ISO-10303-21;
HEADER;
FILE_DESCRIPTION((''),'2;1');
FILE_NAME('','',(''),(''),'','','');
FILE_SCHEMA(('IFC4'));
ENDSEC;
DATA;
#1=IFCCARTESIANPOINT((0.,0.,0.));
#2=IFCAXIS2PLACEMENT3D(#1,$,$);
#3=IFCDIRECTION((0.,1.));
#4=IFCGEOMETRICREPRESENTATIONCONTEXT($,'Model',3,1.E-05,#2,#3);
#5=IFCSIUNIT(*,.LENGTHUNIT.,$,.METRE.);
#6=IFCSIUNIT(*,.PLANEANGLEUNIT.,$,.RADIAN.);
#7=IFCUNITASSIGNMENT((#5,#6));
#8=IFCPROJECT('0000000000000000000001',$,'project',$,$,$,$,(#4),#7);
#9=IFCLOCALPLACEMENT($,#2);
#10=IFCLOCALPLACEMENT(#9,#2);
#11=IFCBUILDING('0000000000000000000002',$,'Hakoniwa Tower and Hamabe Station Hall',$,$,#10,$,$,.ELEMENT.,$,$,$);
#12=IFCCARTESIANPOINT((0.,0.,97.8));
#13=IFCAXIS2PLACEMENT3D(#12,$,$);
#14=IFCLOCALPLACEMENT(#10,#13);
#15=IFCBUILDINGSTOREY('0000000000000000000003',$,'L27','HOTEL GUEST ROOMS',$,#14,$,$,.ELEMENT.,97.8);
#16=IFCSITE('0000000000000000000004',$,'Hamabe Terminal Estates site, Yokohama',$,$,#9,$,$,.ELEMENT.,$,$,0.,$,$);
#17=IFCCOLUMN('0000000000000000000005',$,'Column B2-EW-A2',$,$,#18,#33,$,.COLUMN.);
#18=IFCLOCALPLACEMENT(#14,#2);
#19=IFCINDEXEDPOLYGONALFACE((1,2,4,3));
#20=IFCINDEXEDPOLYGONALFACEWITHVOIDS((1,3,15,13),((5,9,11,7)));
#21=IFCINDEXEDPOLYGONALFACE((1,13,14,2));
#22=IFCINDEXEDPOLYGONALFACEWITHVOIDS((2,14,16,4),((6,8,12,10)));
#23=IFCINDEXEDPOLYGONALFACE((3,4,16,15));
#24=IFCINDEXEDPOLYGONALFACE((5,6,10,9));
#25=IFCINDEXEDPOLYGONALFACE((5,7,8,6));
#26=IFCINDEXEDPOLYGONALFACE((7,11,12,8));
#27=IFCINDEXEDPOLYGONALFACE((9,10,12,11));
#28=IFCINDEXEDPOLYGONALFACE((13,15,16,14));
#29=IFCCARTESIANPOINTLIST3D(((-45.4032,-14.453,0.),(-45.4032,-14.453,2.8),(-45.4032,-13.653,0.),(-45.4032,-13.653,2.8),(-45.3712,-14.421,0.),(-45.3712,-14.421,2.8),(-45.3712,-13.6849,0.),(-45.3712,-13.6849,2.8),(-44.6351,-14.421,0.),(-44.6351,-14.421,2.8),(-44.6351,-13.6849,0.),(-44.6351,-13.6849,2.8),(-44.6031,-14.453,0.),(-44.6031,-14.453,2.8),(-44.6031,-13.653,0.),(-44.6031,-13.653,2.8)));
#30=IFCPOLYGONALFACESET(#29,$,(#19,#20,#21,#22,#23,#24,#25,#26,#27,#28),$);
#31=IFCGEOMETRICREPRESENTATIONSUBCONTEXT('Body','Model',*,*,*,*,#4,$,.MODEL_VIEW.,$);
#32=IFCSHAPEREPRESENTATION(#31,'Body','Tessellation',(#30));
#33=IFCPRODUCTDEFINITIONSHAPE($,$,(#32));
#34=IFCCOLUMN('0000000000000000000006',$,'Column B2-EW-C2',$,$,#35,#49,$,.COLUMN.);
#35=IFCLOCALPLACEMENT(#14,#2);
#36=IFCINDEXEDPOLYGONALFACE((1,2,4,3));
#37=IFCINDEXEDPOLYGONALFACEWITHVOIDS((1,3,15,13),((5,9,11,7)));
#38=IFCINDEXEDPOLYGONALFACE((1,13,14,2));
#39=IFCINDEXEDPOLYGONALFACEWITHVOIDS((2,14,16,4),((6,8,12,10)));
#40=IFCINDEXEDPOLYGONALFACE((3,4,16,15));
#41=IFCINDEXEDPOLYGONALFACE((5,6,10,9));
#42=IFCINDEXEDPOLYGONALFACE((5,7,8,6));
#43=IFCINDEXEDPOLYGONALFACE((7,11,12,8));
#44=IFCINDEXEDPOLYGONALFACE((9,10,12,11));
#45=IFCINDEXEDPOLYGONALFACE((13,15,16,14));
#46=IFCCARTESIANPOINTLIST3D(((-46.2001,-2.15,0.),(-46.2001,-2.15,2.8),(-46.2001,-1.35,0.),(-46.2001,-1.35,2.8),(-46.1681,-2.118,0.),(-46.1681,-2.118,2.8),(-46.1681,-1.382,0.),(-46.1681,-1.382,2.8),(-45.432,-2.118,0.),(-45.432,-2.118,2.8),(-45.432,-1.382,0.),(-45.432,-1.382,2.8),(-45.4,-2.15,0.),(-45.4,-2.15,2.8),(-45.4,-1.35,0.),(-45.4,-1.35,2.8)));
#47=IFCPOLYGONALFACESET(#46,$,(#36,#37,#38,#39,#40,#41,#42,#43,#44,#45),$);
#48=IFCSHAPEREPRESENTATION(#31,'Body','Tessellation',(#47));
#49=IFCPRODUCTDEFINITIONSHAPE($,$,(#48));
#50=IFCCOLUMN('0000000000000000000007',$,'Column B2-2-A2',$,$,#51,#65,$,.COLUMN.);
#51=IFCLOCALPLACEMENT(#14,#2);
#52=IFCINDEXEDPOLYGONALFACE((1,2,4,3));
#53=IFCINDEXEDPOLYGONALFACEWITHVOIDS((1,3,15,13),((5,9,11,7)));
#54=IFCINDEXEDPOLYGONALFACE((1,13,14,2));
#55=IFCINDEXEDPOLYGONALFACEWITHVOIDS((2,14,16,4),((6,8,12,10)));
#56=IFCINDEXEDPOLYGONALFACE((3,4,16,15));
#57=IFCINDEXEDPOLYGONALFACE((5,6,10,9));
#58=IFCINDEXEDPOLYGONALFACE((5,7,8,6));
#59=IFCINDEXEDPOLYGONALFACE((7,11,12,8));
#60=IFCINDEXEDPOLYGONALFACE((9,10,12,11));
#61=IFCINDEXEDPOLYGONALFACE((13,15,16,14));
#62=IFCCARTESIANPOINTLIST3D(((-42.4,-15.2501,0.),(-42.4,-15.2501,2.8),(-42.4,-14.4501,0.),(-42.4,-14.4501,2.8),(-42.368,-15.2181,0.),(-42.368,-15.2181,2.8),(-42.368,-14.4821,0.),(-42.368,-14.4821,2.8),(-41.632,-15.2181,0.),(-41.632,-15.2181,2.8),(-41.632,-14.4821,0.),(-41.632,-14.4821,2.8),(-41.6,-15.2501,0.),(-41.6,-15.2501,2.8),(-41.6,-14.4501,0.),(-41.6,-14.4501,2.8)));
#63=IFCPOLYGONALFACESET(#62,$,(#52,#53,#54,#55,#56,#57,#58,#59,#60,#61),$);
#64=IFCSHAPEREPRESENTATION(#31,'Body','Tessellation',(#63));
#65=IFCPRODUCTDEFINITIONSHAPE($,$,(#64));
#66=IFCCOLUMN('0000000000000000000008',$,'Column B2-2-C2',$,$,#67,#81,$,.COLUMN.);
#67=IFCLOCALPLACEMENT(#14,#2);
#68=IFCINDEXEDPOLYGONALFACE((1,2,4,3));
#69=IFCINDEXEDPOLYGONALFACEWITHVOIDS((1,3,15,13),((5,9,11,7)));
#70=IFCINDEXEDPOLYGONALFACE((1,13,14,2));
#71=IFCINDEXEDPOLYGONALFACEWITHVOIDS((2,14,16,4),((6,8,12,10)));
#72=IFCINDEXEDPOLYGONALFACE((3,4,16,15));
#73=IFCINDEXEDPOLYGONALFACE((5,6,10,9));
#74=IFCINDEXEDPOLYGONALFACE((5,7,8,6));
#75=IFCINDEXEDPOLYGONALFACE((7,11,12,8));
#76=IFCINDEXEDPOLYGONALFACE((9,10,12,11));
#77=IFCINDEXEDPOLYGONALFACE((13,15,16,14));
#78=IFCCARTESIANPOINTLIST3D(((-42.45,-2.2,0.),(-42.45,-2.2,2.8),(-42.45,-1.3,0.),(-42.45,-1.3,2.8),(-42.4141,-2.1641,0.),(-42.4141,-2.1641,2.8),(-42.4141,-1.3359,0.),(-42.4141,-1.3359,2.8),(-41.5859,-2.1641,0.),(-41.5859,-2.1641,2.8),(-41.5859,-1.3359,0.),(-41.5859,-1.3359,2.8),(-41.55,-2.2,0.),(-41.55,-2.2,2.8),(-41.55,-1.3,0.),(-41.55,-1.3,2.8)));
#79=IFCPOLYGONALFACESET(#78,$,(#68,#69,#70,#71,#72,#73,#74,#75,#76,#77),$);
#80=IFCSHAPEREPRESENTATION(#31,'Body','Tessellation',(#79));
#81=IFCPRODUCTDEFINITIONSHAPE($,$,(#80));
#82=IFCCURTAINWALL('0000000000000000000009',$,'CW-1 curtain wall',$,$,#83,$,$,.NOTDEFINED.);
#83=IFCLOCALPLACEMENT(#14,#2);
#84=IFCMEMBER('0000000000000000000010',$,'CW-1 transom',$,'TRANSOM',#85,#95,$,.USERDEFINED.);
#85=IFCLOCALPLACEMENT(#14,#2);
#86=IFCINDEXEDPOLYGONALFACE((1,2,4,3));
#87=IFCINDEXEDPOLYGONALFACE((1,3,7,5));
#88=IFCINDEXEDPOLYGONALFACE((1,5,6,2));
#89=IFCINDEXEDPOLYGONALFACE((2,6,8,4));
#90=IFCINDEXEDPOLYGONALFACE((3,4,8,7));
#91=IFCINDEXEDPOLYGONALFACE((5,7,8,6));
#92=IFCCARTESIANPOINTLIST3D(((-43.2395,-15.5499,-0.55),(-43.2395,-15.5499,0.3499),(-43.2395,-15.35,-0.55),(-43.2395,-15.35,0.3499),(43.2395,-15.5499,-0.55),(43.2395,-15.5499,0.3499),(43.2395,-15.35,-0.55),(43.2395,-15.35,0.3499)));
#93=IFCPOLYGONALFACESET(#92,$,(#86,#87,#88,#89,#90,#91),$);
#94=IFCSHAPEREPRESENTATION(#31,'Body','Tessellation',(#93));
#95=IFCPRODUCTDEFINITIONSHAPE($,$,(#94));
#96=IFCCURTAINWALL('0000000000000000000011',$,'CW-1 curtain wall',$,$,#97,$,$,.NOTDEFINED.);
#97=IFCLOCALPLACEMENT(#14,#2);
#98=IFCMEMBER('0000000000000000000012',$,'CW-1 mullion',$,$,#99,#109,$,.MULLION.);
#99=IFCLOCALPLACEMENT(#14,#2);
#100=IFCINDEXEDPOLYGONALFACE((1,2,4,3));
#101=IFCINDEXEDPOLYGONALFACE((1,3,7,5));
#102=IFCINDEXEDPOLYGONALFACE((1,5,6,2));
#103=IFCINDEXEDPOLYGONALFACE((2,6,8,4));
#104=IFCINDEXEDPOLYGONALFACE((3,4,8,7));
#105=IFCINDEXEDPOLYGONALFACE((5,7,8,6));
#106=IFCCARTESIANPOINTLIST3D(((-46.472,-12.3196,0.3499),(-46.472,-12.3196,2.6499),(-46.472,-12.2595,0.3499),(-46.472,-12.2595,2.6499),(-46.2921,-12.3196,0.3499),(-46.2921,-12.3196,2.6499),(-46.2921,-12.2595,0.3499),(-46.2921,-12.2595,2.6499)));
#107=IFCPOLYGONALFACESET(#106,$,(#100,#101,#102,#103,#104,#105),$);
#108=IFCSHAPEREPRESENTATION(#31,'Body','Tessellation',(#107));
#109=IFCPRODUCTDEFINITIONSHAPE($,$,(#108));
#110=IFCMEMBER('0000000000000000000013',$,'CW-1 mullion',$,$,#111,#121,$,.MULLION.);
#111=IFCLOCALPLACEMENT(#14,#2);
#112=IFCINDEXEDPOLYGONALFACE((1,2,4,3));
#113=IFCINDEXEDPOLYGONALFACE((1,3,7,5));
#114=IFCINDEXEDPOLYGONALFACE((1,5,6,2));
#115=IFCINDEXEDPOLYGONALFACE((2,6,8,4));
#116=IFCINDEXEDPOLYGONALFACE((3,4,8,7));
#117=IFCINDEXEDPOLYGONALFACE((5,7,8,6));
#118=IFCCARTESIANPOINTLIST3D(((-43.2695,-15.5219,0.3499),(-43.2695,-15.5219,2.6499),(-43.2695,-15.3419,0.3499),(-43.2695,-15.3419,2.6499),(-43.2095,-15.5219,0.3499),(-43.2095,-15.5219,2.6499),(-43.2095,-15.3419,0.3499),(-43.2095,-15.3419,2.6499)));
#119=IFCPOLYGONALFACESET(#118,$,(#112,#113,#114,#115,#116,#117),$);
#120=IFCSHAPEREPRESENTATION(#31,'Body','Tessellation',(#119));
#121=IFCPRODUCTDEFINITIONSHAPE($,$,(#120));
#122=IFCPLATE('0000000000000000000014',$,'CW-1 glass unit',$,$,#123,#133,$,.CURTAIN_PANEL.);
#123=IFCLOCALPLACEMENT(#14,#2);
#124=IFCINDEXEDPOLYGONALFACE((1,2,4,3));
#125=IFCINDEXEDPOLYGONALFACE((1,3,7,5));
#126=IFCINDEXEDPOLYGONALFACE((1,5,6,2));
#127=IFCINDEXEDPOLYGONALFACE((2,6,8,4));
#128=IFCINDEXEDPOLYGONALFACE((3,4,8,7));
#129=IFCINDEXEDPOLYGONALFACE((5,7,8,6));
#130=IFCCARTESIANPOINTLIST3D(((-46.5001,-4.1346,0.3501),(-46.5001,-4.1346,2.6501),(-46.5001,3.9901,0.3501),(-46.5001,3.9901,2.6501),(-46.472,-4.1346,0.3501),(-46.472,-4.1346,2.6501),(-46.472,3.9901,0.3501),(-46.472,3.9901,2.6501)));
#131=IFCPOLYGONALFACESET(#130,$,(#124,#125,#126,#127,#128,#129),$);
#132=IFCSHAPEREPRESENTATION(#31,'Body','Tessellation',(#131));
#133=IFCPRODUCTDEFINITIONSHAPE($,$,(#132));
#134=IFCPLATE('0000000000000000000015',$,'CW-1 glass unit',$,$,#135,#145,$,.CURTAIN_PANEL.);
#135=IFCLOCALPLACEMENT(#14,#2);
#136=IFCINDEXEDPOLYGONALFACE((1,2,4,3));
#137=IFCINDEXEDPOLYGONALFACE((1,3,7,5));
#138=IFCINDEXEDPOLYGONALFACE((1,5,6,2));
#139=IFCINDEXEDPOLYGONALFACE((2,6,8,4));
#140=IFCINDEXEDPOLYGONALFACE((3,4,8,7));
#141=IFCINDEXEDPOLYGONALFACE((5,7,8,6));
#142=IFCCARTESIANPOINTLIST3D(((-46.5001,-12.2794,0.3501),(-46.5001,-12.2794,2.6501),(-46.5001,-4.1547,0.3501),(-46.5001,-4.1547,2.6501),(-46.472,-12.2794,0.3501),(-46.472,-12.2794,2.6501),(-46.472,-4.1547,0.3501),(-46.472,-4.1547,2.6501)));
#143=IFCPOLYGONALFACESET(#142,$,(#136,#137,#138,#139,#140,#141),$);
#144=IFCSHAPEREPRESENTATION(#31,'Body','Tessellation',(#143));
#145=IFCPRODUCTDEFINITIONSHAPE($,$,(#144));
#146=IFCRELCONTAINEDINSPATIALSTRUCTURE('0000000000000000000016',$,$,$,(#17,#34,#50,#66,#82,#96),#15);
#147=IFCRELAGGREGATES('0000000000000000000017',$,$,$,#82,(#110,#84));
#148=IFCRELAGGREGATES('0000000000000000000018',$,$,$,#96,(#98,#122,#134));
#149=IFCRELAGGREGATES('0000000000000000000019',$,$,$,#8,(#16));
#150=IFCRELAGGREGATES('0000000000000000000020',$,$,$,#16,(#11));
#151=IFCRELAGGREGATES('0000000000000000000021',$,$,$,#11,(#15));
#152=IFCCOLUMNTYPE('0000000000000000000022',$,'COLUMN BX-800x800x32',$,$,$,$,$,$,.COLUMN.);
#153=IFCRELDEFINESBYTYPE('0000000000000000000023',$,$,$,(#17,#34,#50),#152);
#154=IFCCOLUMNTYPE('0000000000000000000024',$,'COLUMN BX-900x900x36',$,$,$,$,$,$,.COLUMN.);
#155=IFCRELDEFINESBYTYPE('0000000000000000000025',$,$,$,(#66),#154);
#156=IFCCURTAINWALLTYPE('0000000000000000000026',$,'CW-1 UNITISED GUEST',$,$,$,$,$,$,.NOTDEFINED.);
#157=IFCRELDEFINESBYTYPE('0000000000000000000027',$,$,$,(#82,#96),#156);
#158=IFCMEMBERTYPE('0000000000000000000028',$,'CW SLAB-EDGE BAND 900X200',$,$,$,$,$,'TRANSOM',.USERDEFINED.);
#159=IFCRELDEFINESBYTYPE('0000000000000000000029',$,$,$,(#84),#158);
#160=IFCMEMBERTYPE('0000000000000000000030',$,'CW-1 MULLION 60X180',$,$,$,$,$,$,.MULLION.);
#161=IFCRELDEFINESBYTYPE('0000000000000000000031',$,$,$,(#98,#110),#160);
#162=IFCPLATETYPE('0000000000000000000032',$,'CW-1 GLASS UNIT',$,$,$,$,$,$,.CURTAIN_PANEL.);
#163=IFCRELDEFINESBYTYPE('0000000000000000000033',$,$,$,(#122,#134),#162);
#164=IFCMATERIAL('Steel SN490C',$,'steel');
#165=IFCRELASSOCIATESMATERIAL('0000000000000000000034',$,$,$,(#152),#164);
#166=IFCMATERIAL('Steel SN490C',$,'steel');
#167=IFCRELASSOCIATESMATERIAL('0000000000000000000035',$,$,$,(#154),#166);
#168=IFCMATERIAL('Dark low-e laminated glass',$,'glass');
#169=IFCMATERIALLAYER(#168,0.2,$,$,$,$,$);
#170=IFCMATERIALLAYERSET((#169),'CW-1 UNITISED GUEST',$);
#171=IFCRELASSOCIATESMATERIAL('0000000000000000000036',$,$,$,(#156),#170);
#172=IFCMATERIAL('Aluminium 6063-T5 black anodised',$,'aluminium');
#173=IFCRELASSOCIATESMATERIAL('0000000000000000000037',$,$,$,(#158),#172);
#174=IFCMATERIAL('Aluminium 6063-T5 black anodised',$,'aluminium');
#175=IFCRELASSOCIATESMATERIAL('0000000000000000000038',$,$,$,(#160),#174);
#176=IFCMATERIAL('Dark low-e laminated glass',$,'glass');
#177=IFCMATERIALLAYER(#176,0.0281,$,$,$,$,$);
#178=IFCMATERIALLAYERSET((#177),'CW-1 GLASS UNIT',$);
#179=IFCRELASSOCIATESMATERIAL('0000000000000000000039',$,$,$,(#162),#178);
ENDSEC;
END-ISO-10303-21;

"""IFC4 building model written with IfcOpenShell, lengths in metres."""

from ifc_helpers import new_model, si_unit, direction, frame, origin, origin_2d, place, context, subcontext, project, spatial, rectangle, hollow_rectangle, extrude, material, layer, layer_set, material_profile, profile_set, type_object, element, aggregate, save


model = new_model("IFC4")

# Units and contexts
model_context = context("Model", 3, precision=1e-05, world=origin(), true_north=direction((0.0, 1.0)))
body_context = subcontext(model_context, "Body", "Model", "MODEL_VIEW")
ifc_project = project(units=[si_unit("LENGTHUNIT", "METRE"), si_unit("PLANEANGLEUNIT", "RADIAN")], contexts=[model_context])

# Site, building, storey
site_placement = place(None, origin())
site = spatial("IfcSite", under=ifc_project, at=site_placement, Name="Hamabe Terminal Estates site, Yokohama", CompositionType="ELEMENT", RefElevation=0.0)
building_placement = place(site_placement, origin())
building = spatial("IfcBuilding", under=site, at=building_placement, Name="Hakoniwa Tower and Hamabe Station Hall", CompositionType="ELEMENT")
storey_placement = place(building_placement, frame((0.0, 0.0, 97.8)))
storey = spatial("IfcBuildingStorey", under=building, at=storey_placement, Name="L27", Description="HOTEL GUEST ROOMS", CompositionType="ELEMENT", Elevation=97.8)

# Columns
ifc_material_1 = material(Name="Steel SN490C", Category="steel")
ifc_material_profile_1 = material_profile(ifc_material_1, hollow_rectangle(XDim=0.8, YDim=0.8, WallThickness=0.032, at=origin_2d()), Name="BX-800x800x32")
ifc_profile_set_1 = profile_set([ifc_material_profile_1], Name="Steel SN490C")
column_type_1 = type_object("IfcColumnType", Name="COLUMN BX-800x800x32", PredefinedType="COLUMN", material=ifc_profile_set_1)
for number, where, z_axis, x_axis, name in (
    (1, (-45.0032, -14.053, 0.0), (0.0, 0.0, 1.0), (1.0, 0.0, 0.0), "Column B2-EW-A2"),
    (2, (-45.8, -1.75, 0.0), (0.0, 0.0, 1.0), (1.0, 0.0, 0.0), "Column B2-EW-C2"),
    (3, (-42.0, -14.8501, 0.0), (0.0, 0.0, 1.0), (1.0, 0.0, 0.0), "Column B2-2-A2"),
):
    element("IfcColumn", number, at=place(storey_placement, frame(where, z_axis=z_axis, x_axis=x_axis)), inside=storey, type_object=column_type_1, Name=name, PredefinedType="COLUMN", context=body_context, shape_type="SweptSolid", body=[
        extrude(hollow_rectangle(XDim=0.8, YDim=0.8, WallThickness=0.032, at=origin_2d()), origin(), (0.0, 0.0, 1.0), 2.8),
    ])
ifc_material_2 = material(Name="Steel SN490C", Category="steel")
ifc_material_profile_2 = material_profile(ifc_material_2, hollow_rectangle(XDim=0.8999, YDim=0.8999, WallThickness=0.0359, at=origin_2d()), Name="BX-900x900x36")
ifc_profile_set_2 = profile_set([ifc_material_profile_2], Name="Steel SN490C")
column_type_2 = type_object("IfcColumnType", Name="COLUMN BX-900x900x36", PredefinedType="COLUMN", material=ifc_profile_set_2)
column_placement = place(storey_placement, frame((-42.0, -1.75, 0.0), z_axis=(0.0, 0.0, 1.0), x_axis=(1.0, 0.0, 0.0)))
element("IfcColumn", 4, at=column_placement, inside=storey, type_object=column_type_2, Name="Column B2-2-C2", PredefinedType="COLUMN", context=body_context, shape_type="SweptSolid", body=[
    extrude(hollow_rectangle(XDim=0.8999, YDim=0.8999, WallThickness=0.0359, at=origin_2d()), origin(), (0.0, 0.0, 1.0), 2.8),
])

# Curtain walls, members
ifc_material_3 = material(Name="Dark low-e laminated glass", Category="glass")
ifc_layer_1 = layer(ifc_material_3, 0.2)
ifc_layer_set_1 = layer_set([ifc_layer_1], Name="CW-1 UNITISED GUEST")
curtain_wall_type = type_object("IfcCurtainWallType", Name="CW-1 UNITISED GUEST", PredefinedType="NOTDEFINED", material=ifc_layer_set_1)
curtain_wall_1_placement = place(storey_placement, origin())
curtain_wall_1 = element("IfcCurtainWall", 5, at=curtain_wall_1_placement, inside=storey, type_object=curtain_wall_type, Name="CW-1 curtain wall", PredefinedType="NOTDEFINED")
ifc_material_4 = material(Name="Aluminium 6063-T5 black anodised", Category="aluminium")
ifc_material_profile_3 = material_profile(ifc_material_4, rectangle(XDim=0.2, YDim=0.8999, at=origin_2d()), Name="CW SLAB-EDGE BAND 900X200")
ifc_profile_set_3 = profile_set([ifc_material_profile_3], Name="Aluminium 6063-T5 black anodised")
member_type_1 = type_object("IfcMemberType", Name="CW SLAB-EDGE BAND 900X200", ElementType="TRANSOM", PredefinedType="USERDEFINED", material=ifc_profile_set_3)
member_1_placement = place(storey_placement, frame((-43.2395, -15.45, -0.1001), z_axis=(1.0, 0.0, 0.0), x_axis=(0.0, 1.0, 0.0)))
member_1 = element("IfcMember", 6, at=member_1_placement, type_object=member_type_1, Name="CW-1 transom", ObjectType="TRANSOM", PredefinedType="USERDEFINED", context=body_context, shape_type="SweptSolid", body=[
    extrude(rectangle(XDim=0.2, YDim=0.8999, at=origin_2d()), origin(), (0.0, 0.0, 1.0), 86.479),
])
curtain_wall_2_placement = place(storey_placement, origin())
curtain_wall_2 = element("IfcCurtainWall", 7, at=curtain_wall_2_placement, inside=storey, type_object=curtain_wall_type, Name="CW-1 curtain wall", PredefinedType="NOTDEFINED")
ifc_material_5 = material(Name="Aluminium 6063-T5 black anodised", Category="aluminium")
ifc_material_profile_4 = material_profile(ifc_material_5, rectangle(XDim=0.0601, YDim=0.1799, at=origin_2d()), Name="CW-1 MULLION 60X180")
ifc_profile_set_4 = profile_set([ifc_material_profile_4], Name="Aluminium 6063-T5 black anodised")
member_type_2 = type_object("IfcMemberType", Name="CW-1 MULLION 60X180", PredefinedType="MULLION", material=ifc_profile_set_4)
member_2_placement = place(storey_placement, frame((-46.3821, -12.2896, 0.3499), z_axis=(0.0, 0.0, 1.0), x_axis=(0.0, -1.0, 0.0)))
member_2 = element("IfcMember", 8, at=member_2_placement, type_object=member_type_2, Name="CW-1 mullion", PredefinedType="MULLION", context=body_context, shape_type="SweptSolid", body=[
    extrude(rectangle(XDim=0.0601, YDim=0.1799, at=origin_2d()), origin(), (0.0, 0.0, 1.0), 2.3),
])

# Member
member_3_placement = place(storey_placement, frame((-43.2395, -15.4319, 0.3499), z_axis=(0.0, 0.0, 1.0), x_axis=(1.0, 0.0, 0.0)))
member_3 = element("IfcMember", 9, at=member_3_placement, type_object=member_type_2, Name="CW-1 mullion", PredefinedType="MULLION", context=body_context, shape_type="SweptSolid", body=[
    extrude(rectangle(XDim=0.0601, YDim=0.1799, at=origin_2d()), origin(), (0.0, 0.0, 1.0), 2.3),
])
aggregate(curtain_wall_1, [member_3, member_1])

# Plates
ifc_material_6 = material(Name="Dark low-e laminated glass", Category="glass")
ifc_layer_2 = layer(ifc_material_6, 0.0281)
ifc_layer_set_2 = layer_set([ifc_layer_2], Name="CW-1 GLASS UNIT")
plate_type = type_object("IfcPlateType", Name="CW-1 GLASS UNIT", PredefinedType="CURTAIN_PANEL", material=ifc_layer_set_2)
plate_1_placement = place(storey_placement, frame((-46.4861, -0.0723, 0.3501), z_axis=(0.0, 0.0, 1.0), x_axis=(0.0, -1.0, 0.0)))
plate_1 = element("IfcPlate", 10, at=plate_1_placement, type_object=plate_type, Name="CW-1 glass unit", PredefinedType="CURTAIN_PANEL", context=body_context, shape_type="SweptSolid", body=[
    extrude(rectangle(XDim=8.1248, YDim=0.0281, at=origin_2d()), origin(), (0.0, 0.0, 1.0), 2.3),
])
plate_2_placement = place(storey_placement, frame((-46.4861, -8.217, 0.3501), z_axis=(0.0, 0.0, 1.0), x_axis=(0.0, -1.0, 0.0)))
plate_2 = element("IfcPlate", 11, at=plate_2_placement, type_object=plate_type, Name="CW-1 glass unit", PredefinedType="CURTAIN_PANEL", context=body_context, shape_type="SweptSolid", body=[
    extrude(rectangle(XDim=8.1248, YDim=0.0281, at=origin_2d()), origin(), (0.0, 0.0, 1.0), 2.3),
])
aggregate(curtain_wall_2, [member_2, plate_1, plate_2])

save(model, "model.ifc")
